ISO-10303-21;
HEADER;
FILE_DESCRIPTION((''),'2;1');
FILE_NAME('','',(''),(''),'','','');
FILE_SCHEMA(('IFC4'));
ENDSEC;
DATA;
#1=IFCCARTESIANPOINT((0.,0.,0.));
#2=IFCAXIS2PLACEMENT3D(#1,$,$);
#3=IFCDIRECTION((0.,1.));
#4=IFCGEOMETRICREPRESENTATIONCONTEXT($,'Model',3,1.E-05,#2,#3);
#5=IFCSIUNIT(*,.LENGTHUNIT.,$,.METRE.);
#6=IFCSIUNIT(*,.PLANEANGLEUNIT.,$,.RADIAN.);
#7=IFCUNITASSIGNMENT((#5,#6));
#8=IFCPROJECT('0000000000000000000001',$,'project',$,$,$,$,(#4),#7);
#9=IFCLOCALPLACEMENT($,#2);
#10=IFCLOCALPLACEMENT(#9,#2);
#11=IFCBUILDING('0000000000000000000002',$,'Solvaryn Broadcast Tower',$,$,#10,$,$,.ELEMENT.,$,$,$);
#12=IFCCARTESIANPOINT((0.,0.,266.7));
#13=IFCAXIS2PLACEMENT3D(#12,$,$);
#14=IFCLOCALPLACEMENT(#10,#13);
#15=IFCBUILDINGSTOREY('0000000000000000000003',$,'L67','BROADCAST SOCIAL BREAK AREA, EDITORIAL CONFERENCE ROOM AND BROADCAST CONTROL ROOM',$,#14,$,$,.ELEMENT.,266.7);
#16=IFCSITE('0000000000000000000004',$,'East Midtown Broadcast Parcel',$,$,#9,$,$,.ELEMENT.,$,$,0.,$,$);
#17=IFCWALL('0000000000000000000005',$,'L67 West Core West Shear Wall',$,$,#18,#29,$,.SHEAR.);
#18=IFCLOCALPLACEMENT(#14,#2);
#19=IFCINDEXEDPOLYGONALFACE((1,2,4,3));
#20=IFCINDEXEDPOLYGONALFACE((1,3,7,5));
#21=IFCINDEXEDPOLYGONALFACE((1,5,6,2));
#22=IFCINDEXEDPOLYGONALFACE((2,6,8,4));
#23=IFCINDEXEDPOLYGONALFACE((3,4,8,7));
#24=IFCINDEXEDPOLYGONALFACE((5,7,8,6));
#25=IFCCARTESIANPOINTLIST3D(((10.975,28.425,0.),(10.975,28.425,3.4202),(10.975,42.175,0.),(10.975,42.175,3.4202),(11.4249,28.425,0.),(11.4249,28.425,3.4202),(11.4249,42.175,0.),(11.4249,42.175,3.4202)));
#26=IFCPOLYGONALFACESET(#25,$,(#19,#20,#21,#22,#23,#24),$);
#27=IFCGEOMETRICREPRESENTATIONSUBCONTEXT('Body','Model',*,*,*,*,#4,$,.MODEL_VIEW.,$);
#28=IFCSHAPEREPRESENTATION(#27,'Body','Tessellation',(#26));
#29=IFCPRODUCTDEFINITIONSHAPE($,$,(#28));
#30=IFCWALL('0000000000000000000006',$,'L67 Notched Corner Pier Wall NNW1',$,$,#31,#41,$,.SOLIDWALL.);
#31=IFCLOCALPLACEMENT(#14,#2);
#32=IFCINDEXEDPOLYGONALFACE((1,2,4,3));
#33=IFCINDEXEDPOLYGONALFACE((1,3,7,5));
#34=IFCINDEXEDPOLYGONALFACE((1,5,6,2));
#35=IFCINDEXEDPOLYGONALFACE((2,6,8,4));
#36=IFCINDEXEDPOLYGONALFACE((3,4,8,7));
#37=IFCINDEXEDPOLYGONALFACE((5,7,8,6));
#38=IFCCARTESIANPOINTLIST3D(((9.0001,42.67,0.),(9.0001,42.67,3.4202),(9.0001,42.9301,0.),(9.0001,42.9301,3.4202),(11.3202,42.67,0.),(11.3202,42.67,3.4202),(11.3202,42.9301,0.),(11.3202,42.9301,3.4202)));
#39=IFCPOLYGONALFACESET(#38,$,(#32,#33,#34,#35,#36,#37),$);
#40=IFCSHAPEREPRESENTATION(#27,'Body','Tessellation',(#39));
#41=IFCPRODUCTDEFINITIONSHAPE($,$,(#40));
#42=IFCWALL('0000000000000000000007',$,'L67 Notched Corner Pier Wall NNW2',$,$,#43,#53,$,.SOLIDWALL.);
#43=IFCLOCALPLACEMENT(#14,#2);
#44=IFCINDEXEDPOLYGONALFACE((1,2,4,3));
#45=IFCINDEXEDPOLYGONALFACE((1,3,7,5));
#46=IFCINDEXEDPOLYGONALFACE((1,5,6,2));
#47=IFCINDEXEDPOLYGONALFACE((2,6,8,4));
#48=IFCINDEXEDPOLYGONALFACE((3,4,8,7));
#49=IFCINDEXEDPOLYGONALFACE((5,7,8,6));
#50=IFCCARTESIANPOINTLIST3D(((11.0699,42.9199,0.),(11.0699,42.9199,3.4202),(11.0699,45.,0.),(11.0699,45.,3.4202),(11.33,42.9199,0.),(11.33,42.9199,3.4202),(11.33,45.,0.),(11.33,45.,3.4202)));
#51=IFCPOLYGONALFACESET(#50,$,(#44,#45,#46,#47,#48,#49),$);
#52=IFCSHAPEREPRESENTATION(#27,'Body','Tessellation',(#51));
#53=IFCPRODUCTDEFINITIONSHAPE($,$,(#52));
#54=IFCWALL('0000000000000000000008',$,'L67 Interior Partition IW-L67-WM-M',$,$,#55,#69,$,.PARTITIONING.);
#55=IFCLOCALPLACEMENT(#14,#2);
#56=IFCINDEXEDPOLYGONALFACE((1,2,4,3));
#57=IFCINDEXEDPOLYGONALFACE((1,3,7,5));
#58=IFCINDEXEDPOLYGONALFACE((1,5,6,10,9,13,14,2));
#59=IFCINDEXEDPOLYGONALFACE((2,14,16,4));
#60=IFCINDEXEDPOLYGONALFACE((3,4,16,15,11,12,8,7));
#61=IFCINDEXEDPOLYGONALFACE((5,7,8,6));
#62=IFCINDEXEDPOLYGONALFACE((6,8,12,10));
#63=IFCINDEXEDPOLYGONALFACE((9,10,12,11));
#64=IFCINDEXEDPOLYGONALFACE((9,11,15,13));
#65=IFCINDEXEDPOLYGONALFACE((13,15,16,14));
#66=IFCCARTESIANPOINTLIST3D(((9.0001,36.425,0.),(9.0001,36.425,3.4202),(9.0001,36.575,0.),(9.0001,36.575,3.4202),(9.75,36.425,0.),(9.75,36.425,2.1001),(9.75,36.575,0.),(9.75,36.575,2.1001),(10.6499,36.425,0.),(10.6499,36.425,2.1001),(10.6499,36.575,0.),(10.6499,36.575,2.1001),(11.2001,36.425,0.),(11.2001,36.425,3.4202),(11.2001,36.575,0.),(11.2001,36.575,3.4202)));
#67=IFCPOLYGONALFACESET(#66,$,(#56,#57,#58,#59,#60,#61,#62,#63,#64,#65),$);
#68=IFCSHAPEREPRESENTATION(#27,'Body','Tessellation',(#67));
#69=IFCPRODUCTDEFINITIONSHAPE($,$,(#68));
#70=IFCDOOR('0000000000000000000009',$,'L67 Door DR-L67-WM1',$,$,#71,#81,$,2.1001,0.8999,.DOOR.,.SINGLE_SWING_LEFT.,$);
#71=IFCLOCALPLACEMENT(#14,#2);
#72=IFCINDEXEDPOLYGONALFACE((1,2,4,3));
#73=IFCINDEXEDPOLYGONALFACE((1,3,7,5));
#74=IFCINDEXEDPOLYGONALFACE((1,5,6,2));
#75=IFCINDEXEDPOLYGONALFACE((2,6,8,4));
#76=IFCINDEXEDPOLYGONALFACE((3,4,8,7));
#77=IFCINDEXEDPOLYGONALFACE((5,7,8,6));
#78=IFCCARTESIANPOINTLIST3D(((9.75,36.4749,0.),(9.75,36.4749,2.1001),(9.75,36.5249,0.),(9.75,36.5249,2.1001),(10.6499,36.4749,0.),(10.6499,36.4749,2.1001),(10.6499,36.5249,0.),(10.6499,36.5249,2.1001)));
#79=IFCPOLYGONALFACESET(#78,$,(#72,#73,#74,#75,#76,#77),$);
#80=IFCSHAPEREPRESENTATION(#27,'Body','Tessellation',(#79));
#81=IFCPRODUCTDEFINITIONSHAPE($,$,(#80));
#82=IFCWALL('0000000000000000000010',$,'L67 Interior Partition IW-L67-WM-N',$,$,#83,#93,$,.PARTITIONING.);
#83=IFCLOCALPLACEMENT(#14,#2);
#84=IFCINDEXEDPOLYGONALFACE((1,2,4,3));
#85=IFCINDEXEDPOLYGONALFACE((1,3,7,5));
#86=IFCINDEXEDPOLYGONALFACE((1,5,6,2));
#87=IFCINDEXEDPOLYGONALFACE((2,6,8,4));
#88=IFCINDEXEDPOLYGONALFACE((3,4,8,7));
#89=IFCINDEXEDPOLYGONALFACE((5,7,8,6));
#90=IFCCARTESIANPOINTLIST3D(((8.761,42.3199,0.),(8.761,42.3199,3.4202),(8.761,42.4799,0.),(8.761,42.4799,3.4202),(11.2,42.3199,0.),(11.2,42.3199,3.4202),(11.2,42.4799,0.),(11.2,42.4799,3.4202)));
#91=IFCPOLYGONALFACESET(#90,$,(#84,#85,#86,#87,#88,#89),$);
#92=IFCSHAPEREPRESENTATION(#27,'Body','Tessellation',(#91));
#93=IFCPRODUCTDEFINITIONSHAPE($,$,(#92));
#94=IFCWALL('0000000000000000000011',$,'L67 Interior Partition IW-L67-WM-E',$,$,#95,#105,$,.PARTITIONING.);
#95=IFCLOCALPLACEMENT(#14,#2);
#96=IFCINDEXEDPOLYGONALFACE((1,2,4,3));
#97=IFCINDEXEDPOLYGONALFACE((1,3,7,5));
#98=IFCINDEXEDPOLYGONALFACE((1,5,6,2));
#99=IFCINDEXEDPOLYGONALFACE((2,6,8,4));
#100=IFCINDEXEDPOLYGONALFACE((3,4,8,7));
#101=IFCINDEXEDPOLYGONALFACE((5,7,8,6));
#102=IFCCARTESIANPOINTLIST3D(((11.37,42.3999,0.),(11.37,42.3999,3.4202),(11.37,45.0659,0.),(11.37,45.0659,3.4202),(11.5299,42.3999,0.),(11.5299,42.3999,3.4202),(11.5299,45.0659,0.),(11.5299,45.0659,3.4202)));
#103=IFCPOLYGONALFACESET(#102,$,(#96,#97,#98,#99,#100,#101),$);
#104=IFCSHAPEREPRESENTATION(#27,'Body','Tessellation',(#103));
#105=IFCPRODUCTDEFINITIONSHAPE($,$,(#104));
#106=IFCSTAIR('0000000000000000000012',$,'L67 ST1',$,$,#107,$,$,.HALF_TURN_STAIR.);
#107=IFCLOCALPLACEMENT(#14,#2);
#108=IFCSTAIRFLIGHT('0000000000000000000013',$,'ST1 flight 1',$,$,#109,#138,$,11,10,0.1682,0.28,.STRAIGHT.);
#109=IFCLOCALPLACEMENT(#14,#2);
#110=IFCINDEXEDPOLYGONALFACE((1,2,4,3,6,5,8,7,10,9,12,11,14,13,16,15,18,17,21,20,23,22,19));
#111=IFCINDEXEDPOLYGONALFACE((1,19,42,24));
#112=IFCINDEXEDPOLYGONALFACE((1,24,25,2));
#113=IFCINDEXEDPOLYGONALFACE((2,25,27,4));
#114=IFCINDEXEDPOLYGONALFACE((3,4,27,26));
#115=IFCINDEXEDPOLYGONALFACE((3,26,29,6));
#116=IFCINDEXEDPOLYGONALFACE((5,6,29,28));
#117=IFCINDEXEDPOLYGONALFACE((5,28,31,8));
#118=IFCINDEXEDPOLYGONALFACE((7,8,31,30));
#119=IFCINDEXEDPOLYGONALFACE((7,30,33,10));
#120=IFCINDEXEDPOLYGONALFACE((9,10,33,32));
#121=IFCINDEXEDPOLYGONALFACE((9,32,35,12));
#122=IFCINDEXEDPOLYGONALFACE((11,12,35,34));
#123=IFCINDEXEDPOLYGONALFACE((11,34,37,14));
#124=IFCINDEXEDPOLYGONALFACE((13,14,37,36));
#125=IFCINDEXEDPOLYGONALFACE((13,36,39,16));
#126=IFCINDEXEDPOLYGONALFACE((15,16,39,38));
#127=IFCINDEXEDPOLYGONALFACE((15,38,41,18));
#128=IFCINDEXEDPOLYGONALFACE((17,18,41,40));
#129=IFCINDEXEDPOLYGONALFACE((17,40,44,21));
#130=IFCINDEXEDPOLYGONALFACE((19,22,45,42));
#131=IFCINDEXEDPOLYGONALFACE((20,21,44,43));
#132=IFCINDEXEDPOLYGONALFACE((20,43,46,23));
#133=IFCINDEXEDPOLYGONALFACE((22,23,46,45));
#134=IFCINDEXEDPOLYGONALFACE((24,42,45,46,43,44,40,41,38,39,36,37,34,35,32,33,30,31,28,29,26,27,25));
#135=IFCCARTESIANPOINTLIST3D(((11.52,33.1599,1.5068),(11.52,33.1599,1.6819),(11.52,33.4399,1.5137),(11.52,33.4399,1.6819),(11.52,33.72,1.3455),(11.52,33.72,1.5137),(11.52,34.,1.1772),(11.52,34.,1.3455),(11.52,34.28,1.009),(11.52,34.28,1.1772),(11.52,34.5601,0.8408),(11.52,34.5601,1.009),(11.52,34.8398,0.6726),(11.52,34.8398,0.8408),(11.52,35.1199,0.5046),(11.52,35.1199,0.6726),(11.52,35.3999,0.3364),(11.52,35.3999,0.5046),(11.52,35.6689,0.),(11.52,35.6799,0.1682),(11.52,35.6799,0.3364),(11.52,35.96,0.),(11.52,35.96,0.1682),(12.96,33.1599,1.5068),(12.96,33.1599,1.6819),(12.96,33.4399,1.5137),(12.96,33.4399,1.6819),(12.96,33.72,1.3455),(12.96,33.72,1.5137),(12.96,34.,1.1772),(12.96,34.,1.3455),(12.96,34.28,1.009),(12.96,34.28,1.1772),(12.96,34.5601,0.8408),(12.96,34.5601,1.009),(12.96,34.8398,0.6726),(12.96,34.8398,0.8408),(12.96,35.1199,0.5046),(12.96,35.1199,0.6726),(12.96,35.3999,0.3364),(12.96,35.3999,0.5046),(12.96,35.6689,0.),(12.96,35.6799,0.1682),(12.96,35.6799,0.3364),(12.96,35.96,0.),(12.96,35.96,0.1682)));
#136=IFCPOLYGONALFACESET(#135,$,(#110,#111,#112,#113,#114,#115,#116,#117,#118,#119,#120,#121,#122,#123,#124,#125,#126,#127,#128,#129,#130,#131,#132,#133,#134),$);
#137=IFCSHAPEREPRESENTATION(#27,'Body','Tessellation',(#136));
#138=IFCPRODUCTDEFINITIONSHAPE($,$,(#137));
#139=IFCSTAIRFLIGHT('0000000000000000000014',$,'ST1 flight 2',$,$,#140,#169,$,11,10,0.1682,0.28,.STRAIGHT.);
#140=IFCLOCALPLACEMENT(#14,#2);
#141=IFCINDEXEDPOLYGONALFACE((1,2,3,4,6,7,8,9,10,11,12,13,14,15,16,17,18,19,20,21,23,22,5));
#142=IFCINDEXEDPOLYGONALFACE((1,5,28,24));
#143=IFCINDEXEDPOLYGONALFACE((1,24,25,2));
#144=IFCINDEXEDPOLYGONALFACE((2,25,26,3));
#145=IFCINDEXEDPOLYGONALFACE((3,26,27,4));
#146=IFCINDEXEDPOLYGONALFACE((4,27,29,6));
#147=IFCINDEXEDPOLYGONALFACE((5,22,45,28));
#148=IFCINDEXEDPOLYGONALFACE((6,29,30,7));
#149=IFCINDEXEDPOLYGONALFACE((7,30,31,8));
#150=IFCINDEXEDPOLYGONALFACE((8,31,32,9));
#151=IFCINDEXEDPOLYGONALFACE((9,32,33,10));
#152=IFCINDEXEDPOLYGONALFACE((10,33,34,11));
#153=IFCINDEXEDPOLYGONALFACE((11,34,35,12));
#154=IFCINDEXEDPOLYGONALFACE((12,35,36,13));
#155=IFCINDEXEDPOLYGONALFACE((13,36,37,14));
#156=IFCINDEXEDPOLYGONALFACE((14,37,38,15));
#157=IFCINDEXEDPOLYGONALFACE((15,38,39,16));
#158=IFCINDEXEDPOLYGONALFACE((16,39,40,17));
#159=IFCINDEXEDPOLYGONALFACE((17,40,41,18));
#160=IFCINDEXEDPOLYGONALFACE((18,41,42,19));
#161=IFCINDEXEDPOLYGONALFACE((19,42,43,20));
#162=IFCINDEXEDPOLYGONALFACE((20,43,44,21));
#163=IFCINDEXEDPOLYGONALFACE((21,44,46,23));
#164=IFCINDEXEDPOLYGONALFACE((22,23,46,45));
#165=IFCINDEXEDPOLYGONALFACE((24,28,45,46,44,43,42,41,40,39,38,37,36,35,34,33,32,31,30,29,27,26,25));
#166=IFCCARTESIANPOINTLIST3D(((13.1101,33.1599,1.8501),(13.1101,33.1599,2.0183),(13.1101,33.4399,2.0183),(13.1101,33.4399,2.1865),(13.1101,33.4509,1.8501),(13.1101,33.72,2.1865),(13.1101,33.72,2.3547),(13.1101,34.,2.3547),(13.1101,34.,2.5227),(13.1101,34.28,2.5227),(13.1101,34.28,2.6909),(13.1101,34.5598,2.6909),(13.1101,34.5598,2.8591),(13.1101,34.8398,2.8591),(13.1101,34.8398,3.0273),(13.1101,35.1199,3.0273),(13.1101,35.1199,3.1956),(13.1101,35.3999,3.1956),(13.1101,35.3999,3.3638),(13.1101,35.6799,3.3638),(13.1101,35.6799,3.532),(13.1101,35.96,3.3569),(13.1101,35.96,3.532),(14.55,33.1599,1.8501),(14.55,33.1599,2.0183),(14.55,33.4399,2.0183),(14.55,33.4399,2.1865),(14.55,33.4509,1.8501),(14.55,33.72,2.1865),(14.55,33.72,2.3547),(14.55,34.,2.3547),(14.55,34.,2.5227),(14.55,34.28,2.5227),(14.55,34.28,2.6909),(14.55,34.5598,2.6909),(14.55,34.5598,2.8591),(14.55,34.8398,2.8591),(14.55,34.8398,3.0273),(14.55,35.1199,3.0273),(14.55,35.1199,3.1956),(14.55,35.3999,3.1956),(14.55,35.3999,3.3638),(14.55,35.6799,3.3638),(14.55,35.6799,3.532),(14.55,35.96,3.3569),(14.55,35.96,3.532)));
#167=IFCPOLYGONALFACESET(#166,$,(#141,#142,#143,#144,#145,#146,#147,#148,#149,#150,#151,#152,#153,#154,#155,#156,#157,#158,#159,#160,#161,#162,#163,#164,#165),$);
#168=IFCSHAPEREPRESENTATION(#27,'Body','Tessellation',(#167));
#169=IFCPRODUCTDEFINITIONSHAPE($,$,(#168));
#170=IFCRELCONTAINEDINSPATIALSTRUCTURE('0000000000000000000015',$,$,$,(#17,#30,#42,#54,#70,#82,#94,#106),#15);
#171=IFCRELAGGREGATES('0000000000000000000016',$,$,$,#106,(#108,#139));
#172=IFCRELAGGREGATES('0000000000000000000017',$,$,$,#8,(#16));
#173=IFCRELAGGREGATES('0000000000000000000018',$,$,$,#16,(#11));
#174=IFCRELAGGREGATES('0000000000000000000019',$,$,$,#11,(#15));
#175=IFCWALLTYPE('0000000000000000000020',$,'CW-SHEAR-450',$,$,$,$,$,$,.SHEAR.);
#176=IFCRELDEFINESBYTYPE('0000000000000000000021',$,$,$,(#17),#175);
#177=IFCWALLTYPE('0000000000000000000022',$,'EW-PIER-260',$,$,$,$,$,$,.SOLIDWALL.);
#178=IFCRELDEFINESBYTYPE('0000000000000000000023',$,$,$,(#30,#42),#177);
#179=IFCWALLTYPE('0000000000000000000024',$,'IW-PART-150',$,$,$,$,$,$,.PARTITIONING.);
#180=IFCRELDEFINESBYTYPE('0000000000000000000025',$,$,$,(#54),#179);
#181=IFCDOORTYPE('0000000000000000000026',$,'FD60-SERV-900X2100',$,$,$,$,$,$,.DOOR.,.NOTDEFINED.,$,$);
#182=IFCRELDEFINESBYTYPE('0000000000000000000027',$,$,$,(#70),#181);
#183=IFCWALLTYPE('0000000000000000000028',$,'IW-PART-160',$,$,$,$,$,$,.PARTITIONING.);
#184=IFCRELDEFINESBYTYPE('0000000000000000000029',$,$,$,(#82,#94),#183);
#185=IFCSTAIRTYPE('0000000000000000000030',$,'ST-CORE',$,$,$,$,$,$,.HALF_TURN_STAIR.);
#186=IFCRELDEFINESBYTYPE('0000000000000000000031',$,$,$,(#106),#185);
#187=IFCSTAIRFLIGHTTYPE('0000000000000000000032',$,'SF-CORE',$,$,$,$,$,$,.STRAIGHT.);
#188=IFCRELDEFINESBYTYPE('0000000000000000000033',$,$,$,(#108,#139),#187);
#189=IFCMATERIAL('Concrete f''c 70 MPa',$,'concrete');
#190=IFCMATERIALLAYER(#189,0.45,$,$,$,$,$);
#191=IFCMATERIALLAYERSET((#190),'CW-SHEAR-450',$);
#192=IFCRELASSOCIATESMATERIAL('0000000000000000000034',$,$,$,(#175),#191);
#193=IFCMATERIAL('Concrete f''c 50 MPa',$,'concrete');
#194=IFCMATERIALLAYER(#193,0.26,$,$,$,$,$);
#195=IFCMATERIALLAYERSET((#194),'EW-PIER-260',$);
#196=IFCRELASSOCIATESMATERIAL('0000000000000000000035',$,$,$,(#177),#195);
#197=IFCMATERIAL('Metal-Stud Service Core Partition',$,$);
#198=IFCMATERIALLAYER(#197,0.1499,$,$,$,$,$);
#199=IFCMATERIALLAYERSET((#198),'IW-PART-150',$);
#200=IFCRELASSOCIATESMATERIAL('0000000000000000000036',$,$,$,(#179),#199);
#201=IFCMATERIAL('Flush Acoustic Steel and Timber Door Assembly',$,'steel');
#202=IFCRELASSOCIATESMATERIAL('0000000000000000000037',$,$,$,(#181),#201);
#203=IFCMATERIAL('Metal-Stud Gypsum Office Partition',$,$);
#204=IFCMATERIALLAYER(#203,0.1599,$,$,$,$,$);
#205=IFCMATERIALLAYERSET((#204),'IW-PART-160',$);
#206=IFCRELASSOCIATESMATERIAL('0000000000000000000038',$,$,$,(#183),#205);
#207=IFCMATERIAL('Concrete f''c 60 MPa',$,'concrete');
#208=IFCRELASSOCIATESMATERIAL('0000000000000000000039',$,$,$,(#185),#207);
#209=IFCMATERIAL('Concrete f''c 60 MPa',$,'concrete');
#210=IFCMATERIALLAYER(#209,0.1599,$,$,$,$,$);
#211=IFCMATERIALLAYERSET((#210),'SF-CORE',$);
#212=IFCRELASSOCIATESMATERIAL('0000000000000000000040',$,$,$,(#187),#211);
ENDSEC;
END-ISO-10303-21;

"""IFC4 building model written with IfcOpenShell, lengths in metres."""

from ifc_helpers import new_model, si_unit, direction, frame, frame_2d, origin, place, context, subcontext, project, spatial, polyline, rectangle, outline, extrude, material, layer, layer_set, type_object, element, fill, aggregate, save


model = new_model("IFC4")

# Units and contexts
model_context = context("Model", 3, precision=1e-05, world=origin(), true_north=direction((0.0, 1.0)))
body_context = subcontext(model_context, "Body", "Model", "MODEL_VIEW")
ifc_project = project(units=[si_unit("LENGTHUNIT", "METRE"), si_unit("PLANEANGLEUNIT", "RADIAN")], contexts=[model_context])

# Site, building, storey
site_placement = place(None, origin())
site = spatial("IfcSite", under=ifc_project, at=site_placement, Name="East Midtown Broadcast Parcel", CompositionType="ELEMENT", RefElevation=0.0)
building_placement = place(site_placement, origin())
building = spatial("IfcBuilding", under=site, at=building_placement, Name="Solvaryn Broadcast Tower", CompositionType="ELEMENT")
storey_placement = place(building_placement, frame((0.0, 0.0, 266.7)))
storey = spatial("IfcBuildingStorey", under=building, at=storey_placement, Name="L67", Description="BROADCAST SOCIAL BREAK AREA, EDITORIAL CONFERENCE ROOM AND BROADCAST CONTROL ROOM", CompositionType="ELEMENT", Elevation=266.7)

# Walls
ifc_material_1 = material(Name="Concrete f'c 70 MPa", Category="concrete")
ifc_layer_1 = layer(ifc_material_1, 0.45)
ifc_layer_set_1 = layer_set([ifc_layer_1], Name="CW-SHEAR-450")
wall_type_1 = type_object("IfcWallType", Name="CW-SHEAR-450", PredefinedType="SHEAR", material=ifc_layer_set_1)
wall_1_placement = place(storey_placement, frame((11.2, 42.175, 0.0), z_axis=(0.0, 0.0, 1.0), x_axis=(0.0, -1.0, 0.0)))
element("IfcWall", 1, at=wall_1_placement, inside=storey, type_object=wall_type_1, Name="L67 West Core West Shear Wall", PredefinedType="SHEAR", context=body_context, shape_type="SweptSolid", body=[
    extrude(rectangle(XDim=13.75, YDim=0.45, at=frame_2d((6.875, 0.0))), origin(), (0.0, 0.0, 1.0), 3.4202),
])
ifc_material_2 = material(Name="Concrete f'c 50 MPa", Category="concrete")
ifc_layer_2 = layer(ifc_material_2, 0.26)
ifc_layer_set_2 = layer_set([ifc_layer_2], Name="EW-PIER-260")
wall_type_2 = type_object("IfcWallType", Name="EW-PIER-260", PredefinedType="SOLIDWALL", material=ifc_layer_set_2)
wall_2_placement = place(storey_placement, frame((9.0, 42.8, 0.0), z_axis=(0.0, 0.0, 1.0), x_axis=(1.0, 0.0, 0.0)))
element("IfcWall", 2, at=wall_2_placement, inside=storey, type_object=wall_type_2, Name="L67 Notched Corner Pier Wall NNW1", PredefinedType="SOLIDWALL", context=body_context, shape_type="SweptSolid", body=[
    extrude(rectangle(XDim=2.3201, YDim=0.26, at=frame_2d((1.1602, 0.0))), origin(), (0.0, 0.0, 1.0), 3.4202),
])
wall_3_placement = place(storey_placement, frame((11.2, 42.9199, 0.0), z_axis=(0.0, 0.0, 1.0), x_axis=(0.0, 1.0, 0.0)))
element("IfcWall", 3, at=wall_3_placement, inside=storey, type_object=wall_type_2, Name="L67 Notched Corner Pier Wall NNW2", PredefinedType="SOLIDWALL", context=body_context, shape_type="SweptSolid", body=[
    extrude(rectangle(XDim=2.0801, YDim=0.26, at=frame_2d((1.04, 0.0))), origin(), (0.0, 0.0, 1.0), 3.4202),
])

# Wall, opening, door
ifc_material_3 = material(Name="Metal-Stud Service Core Partition")
ifc_layer_3 = layer(ifc_material_3, 0.1499)
ifc_layer_set_3 = layer_set([ifc_layer_3], Name="IW-PART-150")
wall_type_3 = type_object("IfcWallType", Name="IW-PART-150", PredefinedType="PARTITIONING", material=ifc_layer_set_3)
wall_4_placement = place(storey_placement, frame((9.0, 36.5, 0.0), z_axis=(0.0, 0.0, 1.0), x_axis=(1.0, 0.0, 0.0)))
wall_4 = element("IfcWall", 4, at=wall_4_placement, inside=storey, type_object=wall_type_3, Name="L67 Interior Partition IW-L67-WM-M", PredefinedType="PARTITIONING", context=body_context, shape_type="SweptSolid", body=[
    extrude(rectangle(XDim=2.2, YDim=0.1499, at=frame_2d((1.1001, 0.0))), origin(), (0.0, 0.0, 1.0), 3.4202),
])
opening_placement = place(wall_4_placement, frame((0.75, 0.0, 0.0)))
opening = element("IfcOpeningElement", 5, at=opening_placement, cuts=wall_4, PredefinedType="OPENING", context=body_context, shape_type="SweptSolid", body=[
    extrude(rectangle(XDim=0.8999, YDim=2.1001, at=frame_2d((0.45, 1.05))), frame((0.0, 0.085, 0.0), z_axis=(0.0, -1.0, 0.0), x_axis=(1.0, 0.0, 0.0)), (0.0, 0.0, 1.0), 0.1699),
])
ifc_material_4 = material(Name="Flush Acoustic Steel and Timber Door Assembly", Category="steel")
door_type = type_object("IfcDoorType", Name="FD60-SERV-900X2100", OperationType="NOTDEFINED", PredefinedType="DOOR", material=ifc_material_4)
door_placement = place(opening_placement, origin())
door = element("IfcDoor", 6, at=door_placement, inside=storey, type_object=door_type, Name="L67 Door DR-L67-WM1", OperationType="SINGLE_SWING_LEFT", OverallHeight=2.1001, OverallWidth=0.8999, PredefinedType="DOOR", context=body_context, shape_type="SweptSolid", body=[
    extrude(rectangle(XDim=0.8999, YDim=2.1001, at=frame_2d((0.45, 1.05))), frame((0.0, 0.0249, 0.0), z_axis=(0.0, -1.0, 0.0), x_axis=(1.0, 0.0, 0.0)), (0.0, 0.0, 1.0), 0.05),
])
fill(opening, door)

# Walls
ifc_material_5 = material(Name="Metal-Stud Gypsum Office Partition")
ifc_layer_4 = layer(ifc_material_5, 0.1599)
ifc_layer_set_4 = layer_set([ifc_layer_4], Name="IW-PART-160")
wall_type_4 = type_object("IfcWallType", Name="IW-PART-160", PredefinedType="PARTITIONING", material=ifc_layer_set_4)
wall_5_placement = place(storey_placement, frame((8.761, 42.3999, 0.0), z_axis=(0.0, 0.0, 1.0), x_axis=(1.0, 0.0, 0.0)))
element("IfcWall", 7, at=wall_5_placement, inside=storey, type_object=wall_type_4, Name="L67 Interior Partition IW-L67-WM-N", PredefinedType="PARTITIONING", context=body_context, shape_type="SweptSolid", body=[
    extrude(rectangle(XDim=2.439, YDim=0.1599, at=frame_2d((1.2195, 0.0))), origin(), (0.0, 0.0, 1.0), 3.4202),
])
wall_6_placement = place(storey_placement, frame((11.45, 42.3999, 0.0), z_axis=(0.0, 0.0, 1.0), x_axis=(0.0, 1.0, 0.0)))
element("IfcWall", 8, at=wall_6_placement, inside=storey, type_object=wall_type_4, Name="L67 Interior Partition IW-L67-WM-E", PredefinedType="PARTITIONING", context=body_context, shape_type="SweptSolid", body=[
    extrude(rectangle(XDim=2.666, YDim=0.1599, at=frame_2d((1.333, 0.0))), origin(), (0.0, 0.0, 1.0), 3.4202),
])

# Stair, stair flights
ifc_material_6 = material(Name="Concrete f'c 60 MPa", Category="concrete")
stair_type = type_object("IfcStairType", Name="ST-CORE", PredefinedType="HALF_TURN_STAIR", material=ifc_material_6)
stair_placement = place(storey_placement, origin())
stair = element("IfcStair", 9, at=stair_placement, inside=storey, type_object=stair_type, Name="L67 ST1", PredefinedType="HALF_TURN_STAIR")
ifc_material_7 = material(Name="Concrete f'c 60 MPa", Category="concrete")
ifc_layer_5 = layer(ifc_material_7, 0.1599)
ifc_layer_set_5 = layer_set([ifc_layer_5], Name="SF-CORE")
stair_flight_type = type_object("IfcStairFlightType", Name="SF-CORE", PredefinedType="STRAIGHT", material=ifc_layer_set_5)
stair_flight_1_placement = place(storey_placement, frame((12.24, 35.96, 0.0), z_axis=(0.0, 0.0, 1.0), x_axis=(0.0, -1.0, 0.0)))
stair_flight_1 = element("IfcStairFlight", 10, at=stair_flight_1_placement, type_object=stair_flight_type, Name="ST1 flight 1", NumberOfRisers=11, NumberOfTreads=10, PredefinedType="STRAIGHT", RiserHeight=0.1682, TreadLength=0.28, context=body_context, shape_type="SweptSolid", body=[
    extrude(outline(polyline([(0.0, 0.0), (0.0, 0.1682), (0.28, 0.1682), (0.28, 0.3364), (0.5601, 0.3364), (0.5601, 0.5046), (0.8401, 0.5046), (0.8401, 0.6726), (1.1201, 0.6726), (1.1201, 0.8408), (1.3999, 0.8408), (1.3999, 1.009), (1.6799, 1.009), (1.6799, 1.1772), (1.96, 1.1772), (1.96, 1.3455), (2.24, 1.3455), (2.24, 1.5137), (2.52, 1.5137), (2.52, 1.6819), (2.8, 1.6819), (2.8, 1.8501), (2.8, 1.5068), (0.291, 0.0), (0.0, 0.0)])), frame((0.0, 0.72, 0.0), z_axis=(0.0, -1.0, 0.0), x_axis=(1.0, 0.0, 0.0)), (0.0, 0.0, 1.0), 1.4399),
])
stair_flight_2_placement = place(storey_placement, frame((13.8301, 33.1599, 1.8501), z_axis=(0.0, 0.0, 1.0), x_axis=(0.0, 1.0, 0.0)))
stair_flight_2 = element("IfcStairFlight", 11, at=stair_flight_2_placement, type_object=stair_flight_type, Name="ST1 flight 2", NumberOfRisers=11, NumberOfTreads=10, PredefinedType="STRAIGHT", RiserHeight=0.1682, TreadLength=0.28, context=body_context, shape_type="SweptSolid", body=[
    extrude(outline(polyline([(0.0, 0.0), (0.0, 0.1682), (0.28, 0.1682), (0.28, 0.3364), (0.5601, 0.3364), (0.5601, 0.5046), (0.8401, 0.5046), (0.8401, 0.6726), (1.1201, 0.6726), (1.1201, 0.8408), (1.3999, 0.8408), (1.3999, 1.009), (1.6799, 1.009), (1.6799, 1.1772), (1.96, 1.1772), (1.96, 1.3455), (2.24, 1.3455), (2.24, 1.5137), (2.52, 1.5137), (2.52, 1.6819), (2.8, 1.6819), (2.8, 1.8501), (2.8, 1.5068), (0.291, 0.0), (0.0, 0.0)])), frame((0.0, 0.72, 0.0), z_axis=(0.0, -1.0, 0.0), x_axis=(1.0, 0.0, 0.0)), (0.0, 0.0, 1.0), 1.4399),
])
aggregate(stair, [stair_flight_1, stair_flight_2])

save(model, "model.ifc")
